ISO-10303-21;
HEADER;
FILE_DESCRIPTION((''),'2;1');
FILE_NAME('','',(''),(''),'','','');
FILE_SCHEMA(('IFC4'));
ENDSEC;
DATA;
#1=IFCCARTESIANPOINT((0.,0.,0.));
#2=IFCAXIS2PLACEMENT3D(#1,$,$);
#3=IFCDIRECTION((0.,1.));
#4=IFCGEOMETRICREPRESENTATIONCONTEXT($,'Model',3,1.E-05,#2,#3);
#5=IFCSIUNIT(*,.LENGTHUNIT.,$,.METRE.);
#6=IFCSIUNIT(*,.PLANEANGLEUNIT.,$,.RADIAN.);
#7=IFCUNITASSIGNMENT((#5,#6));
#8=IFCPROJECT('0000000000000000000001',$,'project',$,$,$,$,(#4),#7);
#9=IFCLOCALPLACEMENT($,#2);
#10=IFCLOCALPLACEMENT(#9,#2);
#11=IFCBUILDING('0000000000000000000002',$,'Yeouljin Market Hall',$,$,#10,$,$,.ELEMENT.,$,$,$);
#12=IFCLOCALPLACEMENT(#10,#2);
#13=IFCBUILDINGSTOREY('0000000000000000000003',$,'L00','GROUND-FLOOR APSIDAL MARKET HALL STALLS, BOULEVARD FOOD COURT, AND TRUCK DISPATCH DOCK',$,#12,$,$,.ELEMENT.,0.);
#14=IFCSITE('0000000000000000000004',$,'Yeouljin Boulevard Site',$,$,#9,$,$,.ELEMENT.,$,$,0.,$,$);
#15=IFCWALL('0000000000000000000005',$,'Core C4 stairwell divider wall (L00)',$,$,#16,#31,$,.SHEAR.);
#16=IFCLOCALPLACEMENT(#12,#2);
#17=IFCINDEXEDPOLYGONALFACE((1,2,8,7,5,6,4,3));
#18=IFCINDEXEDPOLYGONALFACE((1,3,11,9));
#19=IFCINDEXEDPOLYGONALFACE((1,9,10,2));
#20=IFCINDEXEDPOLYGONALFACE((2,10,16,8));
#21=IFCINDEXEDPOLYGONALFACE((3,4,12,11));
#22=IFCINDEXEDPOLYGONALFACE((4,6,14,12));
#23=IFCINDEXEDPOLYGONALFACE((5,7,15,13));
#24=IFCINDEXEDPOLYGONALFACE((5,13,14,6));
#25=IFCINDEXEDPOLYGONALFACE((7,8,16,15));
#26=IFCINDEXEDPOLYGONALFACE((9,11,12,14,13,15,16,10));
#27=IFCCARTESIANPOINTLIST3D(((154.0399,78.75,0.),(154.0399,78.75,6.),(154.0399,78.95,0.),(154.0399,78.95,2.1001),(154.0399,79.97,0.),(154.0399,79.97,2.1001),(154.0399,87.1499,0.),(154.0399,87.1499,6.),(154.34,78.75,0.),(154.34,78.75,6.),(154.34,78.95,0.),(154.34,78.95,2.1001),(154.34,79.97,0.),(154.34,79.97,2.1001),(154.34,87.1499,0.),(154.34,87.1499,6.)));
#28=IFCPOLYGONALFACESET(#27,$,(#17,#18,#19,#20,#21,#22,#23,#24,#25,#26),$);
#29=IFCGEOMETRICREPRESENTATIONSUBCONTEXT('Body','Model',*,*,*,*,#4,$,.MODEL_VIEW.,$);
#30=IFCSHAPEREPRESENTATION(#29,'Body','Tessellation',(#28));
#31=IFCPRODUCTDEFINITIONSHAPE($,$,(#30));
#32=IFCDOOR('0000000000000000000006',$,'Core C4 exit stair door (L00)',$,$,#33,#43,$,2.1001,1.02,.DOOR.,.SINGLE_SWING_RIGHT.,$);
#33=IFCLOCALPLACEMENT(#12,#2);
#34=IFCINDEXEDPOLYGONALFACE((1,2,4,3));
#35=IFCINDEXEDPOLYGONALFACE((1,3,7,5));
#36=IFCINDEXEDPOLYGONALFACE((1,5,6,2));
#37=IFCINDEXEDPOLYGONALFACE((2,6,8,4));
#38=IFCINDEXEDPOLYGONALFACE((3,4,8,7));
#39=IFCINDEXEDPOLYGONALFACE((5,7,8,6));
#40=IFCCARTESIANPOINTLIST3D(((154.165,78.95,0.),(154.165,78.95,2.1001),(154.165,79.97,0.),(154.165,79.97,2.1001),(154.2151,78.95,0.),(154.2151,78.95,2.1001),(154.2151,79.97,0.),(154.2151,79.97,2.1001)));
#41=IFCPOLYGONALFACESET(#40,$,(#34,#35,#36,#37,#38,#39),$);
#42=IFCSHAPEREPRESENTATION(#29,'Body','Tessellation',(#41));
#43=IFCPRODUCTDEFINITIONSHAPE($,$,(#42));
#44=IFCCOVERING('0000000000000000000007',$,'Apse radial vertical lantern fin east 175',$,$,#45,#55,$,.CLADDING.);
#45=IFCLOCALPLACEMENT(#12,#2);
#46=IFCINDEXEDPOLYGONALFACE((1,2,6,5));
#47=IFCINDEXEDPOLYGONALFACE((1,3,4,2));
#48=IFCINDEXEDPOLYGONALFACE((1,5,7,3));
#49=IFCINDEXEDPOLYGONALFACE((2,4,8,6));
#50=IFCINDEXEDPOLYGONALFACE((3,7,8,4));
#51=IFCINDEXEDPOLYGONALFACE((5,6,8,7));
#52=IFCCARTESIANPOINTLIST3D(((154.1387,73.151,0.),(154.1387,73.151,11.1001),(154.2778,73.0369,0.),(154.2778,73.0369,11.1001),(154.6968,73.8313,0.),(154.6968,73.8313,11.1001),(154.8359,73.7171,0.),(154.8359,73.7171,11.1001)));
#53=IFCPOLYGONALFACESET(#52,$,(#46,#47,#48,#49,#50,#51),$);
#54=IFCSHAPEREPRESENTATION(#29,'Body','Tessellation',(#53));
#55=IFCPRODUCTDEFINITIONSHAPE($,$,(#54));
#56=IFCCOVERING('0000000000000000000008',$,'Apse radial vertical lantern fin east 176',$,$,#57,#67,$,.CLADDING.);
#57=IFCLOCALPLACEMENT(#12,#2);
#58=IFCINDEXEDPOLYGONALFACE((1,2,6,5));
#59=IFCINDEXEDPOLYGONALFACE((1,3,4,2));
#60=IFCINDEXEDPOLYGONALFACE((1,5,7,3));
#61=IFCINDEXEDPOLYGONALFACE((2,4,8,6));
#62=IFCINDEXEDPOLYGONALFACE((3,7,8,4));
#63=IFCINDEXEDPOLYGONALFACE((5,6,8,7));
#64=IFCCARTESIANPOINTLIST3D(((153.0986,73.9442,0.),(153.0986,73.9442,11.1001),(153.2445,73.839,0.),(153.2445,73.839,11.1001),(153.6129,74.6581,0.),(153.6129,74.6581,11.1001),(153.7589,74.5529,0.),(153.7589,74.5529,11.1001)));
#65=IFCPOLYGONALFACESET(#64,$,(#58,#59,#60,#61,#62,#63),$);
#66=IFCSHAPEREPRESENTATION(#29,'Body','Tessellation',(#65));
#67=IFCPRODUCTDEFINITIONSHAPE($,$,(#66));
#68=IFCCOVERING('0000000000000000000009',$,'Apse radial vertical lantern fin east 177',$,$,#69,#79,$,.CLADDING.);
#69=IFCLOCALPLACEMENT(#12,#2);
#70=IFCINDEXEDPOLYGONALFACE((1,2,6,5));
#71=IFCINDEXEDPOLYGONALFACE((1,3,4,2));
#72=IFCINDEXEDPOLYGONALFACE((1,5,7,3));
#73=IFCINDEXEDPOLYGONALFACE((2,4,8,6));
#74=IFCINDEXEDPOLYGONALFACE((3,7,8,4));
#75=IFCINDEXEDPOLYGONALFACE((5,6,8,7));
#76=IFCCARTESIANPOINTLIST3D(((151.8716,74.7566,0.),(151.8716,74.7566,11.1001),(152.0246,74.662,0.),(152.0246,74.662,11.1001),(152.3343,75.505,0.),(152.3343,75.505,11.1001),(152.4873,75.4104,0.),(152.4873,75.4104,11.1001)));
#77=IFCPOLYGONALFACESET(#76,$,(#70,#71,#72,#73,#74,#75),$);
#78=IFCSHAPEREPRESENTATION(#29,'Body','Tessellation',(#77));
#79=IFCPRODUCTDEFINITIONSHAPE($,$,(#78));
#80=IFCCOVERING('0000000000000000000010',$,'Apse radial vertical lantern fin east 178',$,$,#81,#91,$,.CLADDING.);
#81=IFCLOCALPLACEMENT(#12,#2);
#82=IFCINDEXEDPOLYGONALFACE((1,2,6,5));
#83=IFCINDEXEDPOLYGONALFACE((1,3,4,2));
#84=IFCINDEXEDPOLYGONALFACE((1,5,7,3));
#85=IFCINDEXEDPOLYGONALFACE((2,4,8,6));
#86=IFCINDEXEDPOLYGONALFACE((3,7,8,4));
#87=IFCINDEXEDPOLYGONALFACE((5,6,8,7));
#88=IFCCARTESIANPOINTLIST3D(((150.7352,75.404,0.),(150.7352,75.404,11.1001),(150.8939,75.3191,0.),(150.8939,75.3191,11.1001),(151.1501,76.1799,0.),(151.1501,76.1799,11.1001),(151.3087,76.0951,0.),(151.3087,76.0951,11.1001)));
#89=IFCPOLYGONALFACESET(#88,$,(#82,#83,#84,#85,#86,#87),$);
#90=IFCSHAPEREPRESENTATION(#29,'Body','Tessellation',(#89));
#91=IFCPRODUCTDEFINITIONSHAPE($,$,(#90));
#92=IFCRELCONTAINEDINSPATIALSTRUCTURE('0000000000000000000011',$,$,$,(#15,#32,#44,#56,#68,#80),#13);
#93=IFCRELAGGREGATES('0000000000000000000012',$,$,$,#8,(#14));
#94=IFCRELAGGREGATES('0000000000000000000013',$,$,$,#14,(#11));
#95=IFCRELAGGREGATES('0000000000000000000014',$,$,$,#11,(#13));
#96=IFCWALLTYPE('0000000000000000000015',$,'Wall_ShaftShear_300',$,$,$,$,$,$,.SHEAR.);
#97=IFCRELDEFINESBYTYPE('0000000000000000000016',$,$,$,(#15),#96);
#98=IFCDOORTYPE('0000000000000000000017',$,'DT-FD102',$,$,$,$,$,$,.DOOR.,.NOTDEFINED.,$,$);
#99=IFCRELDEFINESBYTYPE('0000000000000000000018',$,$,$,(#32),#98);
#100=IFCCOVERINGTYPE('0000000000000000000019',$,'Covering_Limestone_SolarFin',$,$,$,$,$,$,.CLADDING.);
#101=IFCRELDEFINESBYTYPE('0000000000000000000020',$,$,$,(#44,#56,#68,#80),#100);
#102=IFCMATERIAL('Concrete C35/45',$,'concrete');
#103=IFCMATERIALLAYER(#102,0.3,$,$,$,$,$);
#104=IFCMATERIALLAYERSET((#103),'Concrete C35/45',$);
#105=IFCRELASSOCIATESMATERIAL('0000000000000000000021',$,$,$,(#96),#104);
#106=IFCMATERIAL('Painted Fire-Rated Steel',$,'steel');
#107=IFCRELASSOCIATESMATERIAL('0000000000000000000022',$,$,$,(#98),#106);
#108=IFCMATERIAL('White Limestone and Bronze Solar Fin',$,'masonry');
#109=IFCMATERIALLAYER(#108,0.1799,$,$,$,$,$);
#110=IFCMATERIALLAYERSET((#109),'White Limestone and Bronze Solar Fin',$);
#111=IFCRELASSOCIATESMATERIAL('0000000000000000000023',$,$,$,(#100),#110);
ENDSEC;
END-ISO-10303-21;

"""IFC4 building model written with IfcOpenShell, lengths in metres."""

from ifc_helpers import new_model, si_unit, direction, frame, frame_2d, origin, origin_2d, place, context, subcontext, project, spatial, rectangle, extrude, material, layer, layer_set, type_object, element, fill, save


model = new_model("IFC4")

# Units and contexts
model_context = context("Model", 3, precision=1e-05, world=origin(), true_north=direction((0.0, 1.0)))
body_context = subcontext(model_context, "Body", "Model", "MODEL_VIEW")
ifc_project = project(units=[si_unit("LENGTHUNIT", "METRE"), si_unit("PLANEANGLEUNIT", "RADIAN")], contexts=[model_context])

# Site, building, storey
site_placement = place(None, origin())
site = spatial("IfcSite", under=ifc_project, at=site_placement, Name="Yeouljin Boulevard Site", CompositionType="ELEMENT", RefElevation=0.0)
building_placement = place(site_placement, origin())
building = spatial("IfcBuilding", under=site, at=building_placement, Name="Yeouljin Market Hall", CompositionType="ELEMENT")
storey_placement = place(building_placement, origin())
storey = spatial("IfcBuildingStorey", under=building, at=storey_placement, Name="L00", Description="GROUND-FLOOR APSIDAL MARKET HALL STALLS, BOULEVARD FOOD COURT, AND TRUCK DISPATCH DOCK", CompositionType="ELEMENT", Elevation=0.0)

# Wall, opening, door
ifc_material_1 = material(Name="Concrete C35/45", Category="concrete")
ifc_layer_1 = layer(ifc_material_1, 0.3)
ifc_layer_set_1 = layer_set([ifc_layer_1], Name="Concrete C35/45")
wall_type_1 = type_object("IfcWallType", Name="Wall_ShaftShear_300", PredefinedType="SHEAR", material=ifc_layer_set_1)
wall_1_placement = place(storey_placement, frame((154.1899, 78.75, 0.0), z_axis=(0.0, 0.0, 1.0), x_axis=(0.0, 1.0, 0.0)))
wall_1 = element("IfcWall", 1, at=wall_1_placement, inside=storey, type_object=wall_type_1, Name="Core C4 stairwell divider wall (L00)", PredefinedType="SHEAR", context=body_context, shape_type="SweptSolid", body=[
    extrude(rectangle(XDim=8.3999, YDim=0.3, at=frame_2d((4.2, 0.0))), origin(), (0.0, 0.0, 1.0), 6.0),
])
opening_1_placement = place(wall_1_placement, frame((0.2, 0.0, 0.0)))
opening_1 = element("IfcOpeningElement", 2, at=opening_1_placement, cuts=wall_1, PredefinedType="OPENING", context=body_context, shape_type="SweptSolid", body=[
    extrude(rectangle(XDim=1.02, YDim=2.1001, at=frame_2d((0.51, 1.05))), frame((0.0, 0.1599, 0.0), z_axis=(0.0, -1.0, 0.0), x_axis=(1.0, 0.0, 0.0)), (0.0, 0.0, 1.0), 0.3201),
])
ifc_material_2 = material(Name="Painted Fire-Rated Steel", Category="steel")
door_type_1 = type_object("IfcDoorType", Name="DT-FD102", OperationType="NOTDEFINED", PredefinedType="DOOR", material=ifc_material_2)
door_1_placement = place(opening_1_placement, origin())
door_1 = element("IfcDoor", 3, at=door_1_placement, inside=storey, type_object=door_type_1, Name="Core C4 exit stair door (L00)", OperationType="SINGLE_SWING_RIGHT", OverallHeight=2.1001, OverallWidth=1.02, PredefinedType="DOOR", context=body_context, shape_type="SweptSolid", body=[
    extrude(rectangle(XDim=1.02, YDim=2.1001, at=frame_2d((0.51, 1.05))), frame((0.0, 0.0249, 0.0), z_axis=(0.0, -1.0, 0.0), x_axis=(1.0, 0.0, 0.0)), (0.0, 0.0, 1.0), 0.05),
])
fill(opening_1, door_1)

# Coverings
ifc_material_3 = material(Name="White Limestone and Bronze Solar Fin", Category="masonry")
ifc_layer_2 = layer(ifc_material_3, 0.1799)
ifc_layer_set_2 = layer_set([ifc_layer_2], Name="White Limestone and Bronze Solar Fin")
covering_type = type_object("IfcCoveringType", Name="Covering_Limestone_SolarFin", PredefinedType="CLADDING", material=ifc_layer_set_2)
for number, where, z_axis, x_axis, name in (
    (4, (154.4873, 73.4341, 0.0), (0.0, 0.0, 1.0), (0.634326, 0.773066, 0.0), "Apse radial vertical lantern fin east 175"),
    (5, (153.4287, 74.2485, 0.0), (0.0, 0.0, 1.0), (0.584533, 0.81137, 0.0), "Apse radial vertical lantern fin east 176"),
    (6, (152.1794, 75.0835, 0.0), (0.0, 0.0, 1.0), (0.525917, 0.850536, 0.0), "Apse radial vertical lantern fin east 177"),
    (7, (151.022, 75.7495, 0.0), (0.0, 0.0, 1.0), (0.471474, 0.88188, 0.0), "Apse radial vertical lantern fin east 178"),
):
    element("IfcCovering", number, at=place(storey_placement, frame(where, z_axis=z_axis, x_axis=x_axis)), inside=storey, type_object=covering_type, Name=name, PredefinedType="CLADDING", context=body_context, shape_type="SweptSolid", body=[
        extrude(rectangle(XDim=0.8799, YDim=0.1799, at=origin_2d()), origin(), (0.0, 0.0, 1.0), 11.1001),
    ])

save(model, "model.ifc")
